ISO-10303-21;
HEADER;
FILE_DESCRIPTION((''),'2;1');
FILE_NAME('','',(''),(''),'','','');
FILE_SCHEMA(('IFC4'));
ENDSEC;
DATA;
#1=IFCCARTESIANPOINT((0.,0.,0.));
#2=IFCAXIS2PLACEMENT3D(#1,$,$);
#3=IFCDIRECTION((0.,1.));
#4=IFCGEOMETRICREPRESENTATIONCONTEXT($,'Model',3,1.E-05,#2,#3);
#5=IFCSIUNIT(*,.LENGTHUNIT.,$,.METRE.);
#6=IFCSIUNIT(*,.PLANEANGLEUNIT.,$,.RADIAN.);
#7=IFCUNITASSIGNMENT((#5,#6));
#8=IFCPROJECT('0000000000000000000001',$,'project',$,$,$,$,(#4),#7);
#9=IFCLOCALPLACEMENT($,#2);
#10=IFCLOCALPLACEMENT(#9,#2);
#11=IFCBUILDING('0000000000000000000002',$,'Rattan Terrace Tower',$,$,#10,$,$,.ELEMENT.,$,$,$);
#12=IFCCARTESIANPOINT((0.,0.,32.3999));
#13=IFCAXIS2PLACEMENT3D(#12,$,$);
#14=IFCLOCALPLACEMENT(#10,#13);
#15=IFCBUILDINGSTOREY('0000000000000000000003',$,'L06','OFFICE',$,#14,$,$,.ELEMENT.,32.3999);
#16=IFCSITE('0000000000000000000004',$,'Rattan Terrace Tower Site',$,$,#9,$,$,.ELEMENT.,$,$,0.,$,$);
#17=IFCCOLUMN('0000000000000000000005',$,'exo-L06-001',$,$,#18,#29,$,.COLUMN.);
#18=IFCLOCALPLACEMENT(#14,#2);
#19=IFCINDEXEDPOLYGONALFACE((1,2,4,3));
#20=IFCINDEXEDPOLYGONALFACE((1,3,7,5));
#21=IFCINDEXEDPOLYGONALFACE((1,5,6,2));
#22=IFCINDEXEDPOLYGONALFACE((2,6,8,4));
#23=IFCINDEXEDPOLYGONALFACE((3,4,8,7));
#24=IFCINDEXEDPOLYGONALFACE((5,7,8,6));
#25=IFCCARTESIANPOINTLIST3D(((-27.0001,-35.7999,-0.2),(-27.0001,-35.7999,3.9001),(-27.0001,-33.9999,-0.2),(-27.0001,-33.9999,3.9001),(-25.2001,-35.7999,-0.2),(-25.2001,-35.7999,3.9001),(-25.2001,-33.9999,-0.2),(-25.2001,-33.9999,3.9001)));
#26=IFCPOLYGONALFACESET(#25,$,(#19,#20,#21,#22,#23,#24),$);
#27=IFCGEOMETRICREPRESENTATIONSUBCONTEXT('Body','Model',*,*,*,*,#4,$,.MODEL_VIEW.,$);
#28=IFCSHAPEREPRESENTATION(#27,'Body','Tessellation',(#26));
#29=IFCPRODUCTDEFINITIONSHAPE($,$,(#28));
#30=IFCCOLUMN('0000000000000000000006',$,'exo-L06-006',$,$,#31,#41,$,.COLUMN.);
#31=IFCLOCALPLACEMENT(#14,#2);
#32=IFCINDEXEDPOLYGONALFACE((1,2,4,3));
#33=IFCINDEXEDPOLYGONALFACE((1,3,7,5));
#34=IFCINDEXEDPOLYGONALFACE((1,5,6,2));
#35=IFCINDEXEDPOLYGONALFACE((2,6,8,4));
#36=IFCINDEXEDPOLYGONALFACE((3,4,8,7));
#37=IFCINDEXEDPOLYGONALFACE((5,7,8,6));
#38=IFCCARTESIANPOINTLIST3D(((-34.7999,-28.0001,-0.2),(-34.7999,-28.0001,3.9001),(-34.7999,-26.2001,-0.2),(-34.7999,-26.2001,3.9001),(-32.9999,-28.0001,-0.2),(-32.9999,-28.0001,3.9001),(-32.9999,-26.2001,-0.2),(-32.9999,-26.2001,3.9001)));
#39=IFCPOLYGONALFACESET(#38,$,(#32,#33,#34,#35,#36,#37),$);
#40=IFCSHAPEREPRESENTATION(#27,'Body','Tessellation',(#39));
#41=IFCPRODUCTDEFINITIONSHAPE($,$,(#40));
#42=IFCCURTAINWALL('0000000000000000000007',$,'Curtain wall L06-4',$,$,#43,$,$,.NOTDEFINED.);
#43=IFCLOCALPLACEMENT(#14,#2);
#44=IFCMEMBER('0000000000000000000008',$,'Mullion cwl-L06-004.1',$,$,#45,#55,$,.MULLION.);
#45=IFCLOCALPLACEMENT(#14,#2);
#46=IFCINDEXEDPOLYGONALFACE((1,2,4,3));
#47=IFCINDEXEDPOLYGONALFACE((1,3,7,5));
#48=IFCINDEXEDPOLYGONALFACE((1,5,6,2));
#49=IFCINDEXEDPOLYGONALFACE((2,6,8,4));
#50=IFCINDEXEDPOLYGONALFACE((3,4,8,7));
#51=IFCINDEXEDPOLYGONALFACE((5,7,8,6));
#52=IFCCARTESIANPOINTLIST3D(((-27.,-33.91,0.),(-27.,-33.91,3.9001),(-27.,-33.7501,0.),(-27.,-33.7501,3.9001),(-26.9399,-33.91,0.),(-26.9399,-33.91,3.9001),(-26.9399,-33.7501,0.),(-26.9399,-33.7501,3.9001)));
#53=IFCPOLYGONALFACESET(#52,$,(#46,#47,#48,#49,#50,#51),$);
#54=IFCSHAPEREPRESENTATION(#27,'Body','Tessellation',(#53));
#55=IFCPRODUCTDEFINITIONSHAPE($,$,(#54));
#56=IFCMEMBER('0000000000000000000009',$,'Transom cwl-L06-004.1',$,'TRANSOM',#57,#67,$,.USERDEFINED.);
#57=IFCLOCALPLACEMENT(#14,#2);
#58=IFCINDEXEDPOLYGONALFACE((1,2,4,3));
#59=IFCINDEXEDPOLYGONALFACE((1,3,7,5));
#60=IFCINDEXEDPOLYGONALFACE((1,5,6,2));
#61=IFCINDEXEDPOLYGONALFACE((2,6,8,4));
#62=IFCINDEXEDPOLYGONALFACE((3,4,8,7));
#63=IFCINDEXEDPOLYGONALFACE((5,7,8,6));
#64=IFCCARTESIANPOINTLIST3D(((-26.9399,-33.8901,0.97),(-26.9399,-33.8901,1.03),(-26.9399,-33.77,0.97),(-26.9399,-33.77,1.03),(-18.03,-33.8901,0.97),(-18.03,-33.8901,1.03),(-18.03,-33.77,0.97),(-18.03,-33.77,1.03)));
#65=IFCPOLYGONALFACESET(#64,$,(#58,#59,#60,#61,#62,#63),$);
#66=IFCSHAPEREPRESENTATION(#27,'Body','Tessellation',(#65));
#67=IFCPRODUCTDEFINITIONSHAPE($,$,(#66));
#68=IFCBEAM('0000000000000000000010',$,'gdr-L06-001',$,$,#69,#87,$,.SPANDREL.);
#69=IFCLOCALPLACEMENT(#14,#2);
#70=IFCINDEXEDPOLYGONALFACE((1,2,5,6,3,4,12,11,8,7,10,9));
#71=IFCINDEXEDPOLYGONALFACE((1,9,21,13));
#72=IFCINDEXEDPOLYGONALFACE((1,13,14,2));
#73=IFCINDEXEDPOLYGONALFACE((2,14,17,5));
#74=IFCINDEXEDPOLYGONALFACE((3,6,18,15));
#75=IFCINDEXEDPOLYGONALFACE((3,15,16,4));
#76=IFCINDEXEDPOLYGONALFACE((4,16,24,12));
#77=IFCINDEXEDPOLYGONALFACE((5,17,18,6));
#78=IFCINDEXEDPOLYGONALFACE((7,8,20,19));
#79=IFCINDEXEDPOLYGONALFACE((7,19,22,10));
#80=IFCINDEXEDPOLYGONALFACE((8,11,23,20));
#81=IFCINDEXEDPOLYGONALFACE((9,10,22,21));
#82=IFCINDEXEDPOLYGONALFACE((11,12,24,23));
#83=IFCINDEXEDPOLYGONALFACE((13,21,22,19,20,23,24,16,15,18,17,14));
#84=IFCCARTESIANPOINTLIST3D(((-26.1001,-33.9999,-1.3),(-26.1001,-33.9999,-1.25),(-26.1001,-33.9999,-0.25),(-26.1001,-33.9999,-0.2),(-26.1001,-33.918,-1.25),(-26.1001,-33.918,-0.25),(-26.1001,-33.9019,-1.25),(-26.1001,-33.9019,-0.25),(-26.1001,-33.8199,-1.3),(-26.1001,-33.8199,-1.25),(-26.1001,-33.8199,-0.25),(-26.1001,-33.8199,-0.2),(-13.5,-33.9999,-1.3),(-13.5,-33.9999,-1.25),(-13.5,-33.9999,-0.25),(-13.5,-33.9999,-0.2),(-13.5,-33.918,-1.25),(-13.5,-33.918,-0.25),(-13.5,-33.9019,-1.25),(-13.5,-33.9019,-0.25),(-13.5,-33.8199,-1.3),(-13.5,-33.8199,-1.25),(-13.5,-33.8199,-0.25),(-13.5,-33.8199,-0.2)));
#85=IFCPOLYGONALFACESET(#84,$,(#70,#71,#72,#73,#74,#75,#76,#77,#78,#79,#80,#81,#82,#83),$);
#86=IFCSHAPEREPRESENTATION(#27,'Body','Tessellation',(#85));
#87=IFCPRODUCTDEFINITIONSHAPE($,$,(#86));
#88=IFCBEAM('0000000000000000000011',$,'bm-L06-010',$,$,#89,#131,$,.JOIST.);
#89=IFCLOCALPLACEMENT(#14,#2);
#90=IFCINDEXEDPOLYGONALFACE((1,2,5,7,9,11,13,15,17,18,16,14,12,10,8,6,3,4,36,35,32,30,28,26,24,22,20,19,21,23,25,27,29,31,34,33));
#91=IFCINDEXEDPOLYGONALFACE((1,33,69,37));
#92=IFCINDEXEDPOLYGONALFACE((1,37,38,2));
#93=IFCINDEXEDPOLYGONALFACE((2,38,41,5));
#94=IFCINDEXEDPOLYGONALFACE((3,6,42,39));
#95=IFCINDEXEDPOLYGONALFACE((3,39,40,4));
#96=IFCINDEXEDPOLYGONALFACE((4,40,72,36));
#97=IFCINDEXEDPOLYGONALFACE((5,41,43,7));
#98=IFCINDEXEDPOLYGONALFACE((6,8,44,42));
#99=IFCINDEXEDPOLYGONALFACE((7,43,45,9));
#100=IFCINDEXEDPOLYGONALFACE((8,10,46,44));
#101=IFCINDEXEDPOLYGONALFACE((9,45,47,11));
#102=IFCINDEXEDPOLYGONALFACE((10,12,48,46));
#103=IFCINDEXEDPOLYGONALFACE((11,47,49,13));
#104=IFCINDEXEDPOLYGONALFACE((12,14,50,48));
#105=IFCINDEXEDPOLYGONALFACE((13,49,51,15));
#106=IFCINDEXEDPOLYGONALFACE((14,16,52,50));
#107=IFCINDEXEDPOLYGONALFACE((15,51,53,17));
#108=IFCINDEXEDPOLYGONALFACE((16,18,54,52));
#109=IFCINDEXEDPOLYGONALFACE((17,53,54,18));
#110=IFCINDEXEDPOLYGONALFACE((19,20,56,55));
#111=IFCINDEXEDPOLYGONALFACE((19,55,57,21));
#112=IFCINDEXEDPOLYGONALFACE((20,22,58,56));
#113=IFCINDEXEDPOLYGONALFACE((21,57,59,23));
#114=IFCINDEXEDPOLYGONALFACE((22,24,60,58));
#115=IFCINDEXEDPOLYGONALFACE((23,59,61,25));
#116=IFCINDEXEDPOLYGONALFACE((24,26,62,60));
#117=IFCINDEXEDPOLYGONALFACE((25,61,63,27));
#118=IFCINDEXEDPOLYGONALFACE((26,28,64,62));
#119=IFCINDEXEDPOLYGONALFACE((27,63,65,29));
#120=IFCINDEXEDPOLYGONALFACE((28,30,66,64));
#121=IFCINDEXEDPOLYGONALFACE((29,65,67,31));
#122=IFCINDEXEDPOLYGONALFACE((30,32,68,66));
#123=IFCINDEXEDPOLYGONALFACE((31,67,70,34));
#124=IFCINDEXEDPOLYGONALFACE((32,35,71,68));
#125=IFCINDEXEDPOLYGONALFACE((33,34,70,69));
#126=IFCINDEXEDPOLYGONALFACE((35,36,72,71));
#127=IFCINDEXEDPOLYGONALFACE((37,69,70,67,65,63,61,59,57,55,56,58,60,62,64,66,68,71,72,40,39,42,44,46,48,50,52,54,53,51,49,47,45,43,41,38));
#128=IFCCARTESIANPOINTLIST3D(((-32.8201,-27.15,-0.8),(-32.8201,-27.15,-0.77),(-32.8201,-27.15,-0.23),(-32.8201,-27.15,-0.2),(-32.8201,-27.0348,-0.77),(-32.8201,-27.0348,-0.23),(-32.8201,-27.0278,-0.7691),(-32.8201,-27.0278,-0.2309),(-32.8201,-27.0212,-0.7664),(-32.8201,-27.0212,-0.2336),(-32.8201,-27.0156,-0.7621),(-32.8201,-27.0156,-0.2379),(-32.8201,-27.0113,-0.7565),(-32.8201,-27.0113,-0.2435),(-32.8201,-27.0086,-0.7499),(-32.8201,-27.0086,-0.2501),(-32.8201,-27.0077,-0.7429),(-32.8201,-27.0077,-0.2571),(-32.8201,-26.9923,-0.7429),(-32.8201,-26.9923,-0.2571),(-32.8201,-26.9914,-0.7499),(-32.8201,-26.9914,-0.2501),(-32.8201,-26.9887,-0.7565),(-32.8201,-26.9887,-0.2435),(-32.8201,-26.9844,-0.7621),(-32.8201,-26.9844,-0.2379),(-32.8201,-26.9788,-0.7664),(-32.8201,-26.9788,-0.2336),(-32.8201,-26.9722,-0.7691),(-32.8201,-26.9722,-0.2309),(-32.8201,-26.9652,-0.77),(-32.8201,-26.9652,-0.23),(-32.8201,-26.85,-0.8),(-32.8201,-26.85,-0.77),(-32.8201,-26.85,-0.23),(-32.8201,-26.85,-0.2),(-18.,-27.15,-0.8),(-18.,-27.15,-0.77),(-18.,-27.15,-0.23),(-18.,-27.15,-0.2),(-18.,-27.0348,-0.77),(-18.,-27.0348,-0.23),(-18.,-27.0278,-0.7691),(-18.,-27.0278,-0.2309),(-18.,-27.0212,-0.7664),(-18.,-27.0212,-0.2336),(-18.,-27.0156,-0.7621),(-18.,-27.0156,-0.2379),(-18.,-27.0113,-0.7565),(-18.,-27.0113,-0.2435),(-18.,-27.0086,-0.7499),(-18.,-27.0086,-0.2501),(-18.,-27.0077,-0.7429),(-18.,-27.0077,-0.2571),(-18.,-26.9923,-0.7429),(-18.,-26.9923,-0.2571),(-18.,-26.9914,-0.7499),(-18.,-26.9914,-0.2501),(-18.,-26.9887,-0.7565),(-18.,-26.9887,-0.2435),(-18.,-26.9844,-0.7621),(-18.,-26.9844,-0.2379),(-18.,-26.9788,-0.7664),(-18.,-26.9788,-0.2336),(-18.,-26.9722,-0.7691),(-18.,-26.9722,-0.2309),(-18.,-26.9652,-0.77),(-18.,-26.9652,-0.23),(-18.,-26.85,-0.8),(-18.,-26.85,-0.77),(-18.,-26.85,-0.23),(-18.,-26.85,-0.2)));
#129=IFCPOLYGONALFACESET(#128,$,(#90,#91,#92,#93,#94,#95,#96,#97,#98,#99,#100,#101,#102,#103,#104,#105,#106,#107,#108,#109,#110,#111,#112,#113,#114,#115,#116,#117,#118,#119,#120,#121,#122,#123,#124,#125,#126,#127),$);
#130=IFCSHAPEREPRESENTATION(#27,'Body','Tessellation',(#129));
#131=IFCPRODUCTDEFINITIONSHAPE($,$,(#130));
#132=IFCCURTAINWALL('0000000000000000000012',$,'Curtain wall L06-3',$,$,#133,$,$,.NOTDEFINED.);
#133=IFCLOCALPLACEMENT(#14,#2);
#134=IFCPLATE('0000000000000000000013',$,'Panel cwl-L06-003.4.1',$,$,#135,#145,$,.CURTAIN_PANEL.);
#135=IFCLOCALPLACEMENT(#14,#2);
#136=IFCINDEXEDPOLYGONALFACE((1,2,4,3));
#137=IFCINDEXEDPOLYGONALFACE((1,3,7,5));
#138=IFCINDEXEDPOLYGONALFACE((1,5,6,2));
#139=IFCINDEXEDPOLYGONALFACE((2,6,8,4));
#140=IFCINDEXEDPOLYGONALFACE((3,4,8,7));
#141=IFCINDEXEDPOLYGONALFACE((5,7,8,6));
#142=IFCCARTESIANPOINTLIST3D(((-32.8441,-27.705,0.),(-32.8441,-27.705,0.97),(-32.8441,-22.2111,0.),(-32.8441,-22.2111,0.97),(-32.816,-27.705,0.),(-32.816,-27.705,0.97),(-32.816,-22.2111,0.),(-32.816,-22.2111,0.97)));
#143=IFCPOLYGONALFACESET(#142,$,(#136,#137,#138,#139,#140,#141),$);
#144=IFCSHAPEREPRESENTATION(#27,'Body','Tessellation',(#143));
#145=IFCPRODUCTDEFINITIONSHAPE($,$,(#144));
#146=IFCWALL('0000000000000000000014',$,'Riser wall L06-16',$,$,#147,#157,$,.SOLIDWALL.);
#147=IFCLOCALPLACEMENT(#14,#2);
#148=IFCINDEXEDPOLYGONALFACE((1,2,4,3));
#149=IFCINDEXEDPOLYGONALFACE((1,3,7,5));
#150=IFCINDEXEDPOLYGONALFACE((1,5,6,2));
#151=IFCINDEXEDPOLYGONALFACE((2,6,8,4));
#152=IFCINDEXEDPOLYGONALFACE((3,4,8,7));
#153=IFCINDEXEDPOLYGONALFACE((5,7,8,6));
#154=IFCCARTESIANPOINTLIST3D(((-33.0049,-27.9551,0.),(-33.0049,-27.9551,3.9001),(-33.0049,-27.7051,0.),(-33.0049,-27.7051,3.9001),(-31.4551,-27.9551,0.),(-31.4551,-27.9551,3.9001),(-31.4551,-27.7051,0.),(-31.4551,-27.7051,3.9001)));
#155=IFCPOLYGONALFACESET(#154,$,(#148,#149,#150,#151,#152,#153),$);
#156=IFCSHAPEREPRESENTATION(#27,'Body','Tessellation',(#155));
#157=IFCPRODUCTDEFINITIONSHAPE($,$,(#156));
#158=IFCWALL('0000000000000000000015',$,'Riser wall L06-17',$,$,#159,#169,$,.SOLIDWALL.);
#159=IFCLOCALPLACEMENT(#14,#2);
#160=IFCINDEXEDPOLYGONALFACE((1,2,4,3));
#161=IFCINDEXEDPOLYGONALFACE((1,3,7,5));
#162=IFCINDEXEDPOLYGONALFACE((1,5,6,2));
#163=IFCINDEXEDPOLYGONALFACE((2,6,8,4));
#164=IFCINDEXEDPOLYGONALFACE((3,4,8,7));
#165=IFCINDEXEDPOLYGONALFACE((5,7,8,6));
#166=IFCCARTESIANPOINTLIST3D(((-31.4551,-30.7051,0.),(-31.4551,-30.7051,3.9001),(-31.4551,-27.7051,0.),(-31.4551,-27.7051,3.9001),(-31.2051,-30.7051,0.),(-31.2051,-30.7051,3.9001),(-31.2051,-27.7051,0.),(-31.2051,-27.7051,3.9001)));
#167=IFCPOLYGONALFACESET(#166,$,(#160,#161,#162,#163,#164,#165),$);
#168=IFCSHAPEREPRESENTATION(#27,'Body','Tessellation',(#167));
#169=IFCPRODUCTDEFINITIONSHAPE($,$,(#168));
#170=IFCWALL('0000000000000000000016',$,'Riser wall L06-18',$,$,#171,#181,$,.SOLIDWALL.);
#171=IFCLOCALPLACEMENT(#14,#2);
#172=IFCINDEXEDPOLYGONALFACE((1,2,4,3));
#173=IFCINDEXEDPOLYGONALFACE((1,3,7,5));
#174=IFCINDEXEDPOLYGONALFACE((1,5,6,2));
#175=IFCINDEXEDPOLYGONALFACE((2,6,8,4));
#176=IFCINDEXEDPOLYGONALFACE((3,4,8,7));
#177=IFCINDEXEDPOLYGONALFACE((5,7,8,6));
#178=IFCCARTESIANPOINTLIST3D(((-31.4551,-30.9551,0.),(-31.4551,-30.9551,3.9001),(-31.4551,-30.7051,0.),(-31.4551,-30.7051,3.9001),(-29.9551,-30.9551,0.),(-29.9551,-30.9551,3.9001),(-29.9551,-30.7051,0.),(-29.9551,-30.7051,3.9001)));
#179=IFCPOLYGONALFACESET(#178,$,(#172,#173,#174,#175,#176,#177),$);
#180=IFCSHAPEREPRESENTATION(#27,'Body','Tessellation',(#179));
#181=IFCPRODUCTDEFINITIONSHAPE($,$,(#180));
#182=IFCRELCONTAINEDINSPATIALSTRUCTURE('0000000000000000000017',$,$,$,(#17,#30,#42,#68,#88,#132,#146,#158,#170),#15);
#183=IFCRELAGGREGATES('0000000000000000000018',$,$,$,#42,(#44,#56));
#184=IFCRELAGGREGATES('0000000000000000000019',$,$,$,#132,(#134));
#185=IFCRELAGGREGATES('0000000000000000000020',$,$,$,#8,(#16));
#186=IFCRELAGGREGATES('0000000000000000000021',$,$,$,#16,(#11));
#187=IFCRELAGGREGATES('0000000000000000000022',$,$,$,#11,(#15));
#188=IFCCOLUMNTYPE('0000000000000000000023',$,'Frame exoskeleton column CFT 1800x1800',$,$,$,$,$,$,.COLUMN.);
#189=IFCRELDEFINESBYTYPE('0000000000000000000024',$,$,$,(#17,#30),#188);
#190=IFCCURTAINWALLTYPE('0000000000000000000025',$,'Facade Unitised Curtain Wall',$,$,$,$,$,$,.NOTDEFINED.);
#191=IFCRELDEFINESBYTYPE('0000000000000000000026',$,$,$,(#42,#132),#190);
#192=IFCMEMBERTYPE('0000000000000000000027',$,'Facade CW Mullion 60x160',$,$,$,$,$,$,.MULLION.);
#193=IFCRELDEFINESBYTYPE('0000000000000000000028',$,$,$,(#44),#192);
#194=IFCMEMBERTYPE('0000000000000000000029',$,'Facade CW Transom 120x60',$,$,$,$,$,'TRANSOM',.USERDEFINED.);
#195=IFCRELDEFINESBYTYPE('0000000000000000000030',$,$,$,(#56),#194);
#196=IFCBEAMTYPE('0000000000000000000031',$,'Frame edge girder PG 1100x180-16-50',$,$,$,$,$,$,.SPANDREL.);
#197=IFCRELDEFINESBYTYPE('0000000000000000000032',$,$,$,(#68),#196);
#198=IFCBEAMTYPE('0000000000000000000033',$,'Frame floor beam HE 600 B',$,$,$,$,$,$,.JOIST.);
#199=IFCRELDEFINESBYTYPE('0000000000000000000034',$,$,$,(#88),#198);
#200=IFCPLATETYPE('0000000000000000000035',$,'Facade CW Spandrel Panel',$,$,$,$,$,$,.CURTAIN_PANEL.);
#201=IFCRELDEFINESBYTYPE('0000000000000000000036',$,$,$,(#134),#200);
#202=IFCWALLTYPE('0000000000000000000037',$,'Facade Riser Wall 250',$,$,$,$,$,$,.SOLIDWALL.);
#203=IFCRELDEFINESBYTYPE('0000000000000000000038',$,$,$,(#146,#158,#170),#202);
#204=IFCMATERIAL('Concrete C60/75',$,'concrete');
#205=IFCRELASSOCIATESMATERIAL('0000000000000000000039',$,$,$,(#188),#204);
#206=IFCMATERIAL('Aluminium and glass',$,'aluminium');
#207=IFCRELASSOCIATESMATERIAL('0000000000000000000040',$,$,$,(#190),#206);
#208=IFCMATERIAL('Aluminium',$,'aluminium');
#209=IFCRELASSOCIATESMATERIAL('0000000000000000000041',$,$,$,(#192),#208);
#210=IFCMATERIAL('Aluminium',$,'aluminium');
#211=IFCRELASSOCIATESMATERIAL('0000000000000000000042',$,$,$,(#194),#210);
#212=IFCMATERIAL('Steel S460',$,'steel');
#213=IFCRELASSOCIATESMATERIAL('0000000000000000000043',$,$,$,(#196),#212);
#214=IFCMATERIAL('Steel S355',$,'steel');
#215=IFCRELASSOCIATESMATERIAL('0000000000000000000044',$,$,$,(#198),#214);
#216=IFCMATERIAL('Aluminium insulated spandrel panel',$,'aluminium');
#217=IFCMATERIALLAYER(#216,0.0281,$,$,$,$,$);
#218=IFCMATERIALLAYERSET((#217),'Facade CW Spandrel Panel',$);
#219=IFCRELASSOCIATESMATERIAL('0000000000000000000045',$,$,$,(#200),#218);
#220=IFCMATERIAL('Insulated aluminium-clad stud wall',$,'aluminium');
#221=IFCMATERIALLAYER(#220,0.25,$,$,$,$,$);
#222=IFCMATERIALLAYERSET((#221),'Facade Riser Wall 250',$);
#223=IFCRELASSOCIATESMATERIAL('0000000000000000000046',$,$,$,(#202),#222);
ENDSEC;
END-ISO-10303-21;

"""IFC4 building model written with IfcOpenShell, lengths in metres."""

from ifc_helpers import new_model, si_unit, direction, frame, frame_2d, origin, origin_2d, place, context, subcontext, project, spatial, rectangle, i_section, extrude, material, layer, layer_set, material_profile, profile_set, type_object, element, aggregate, save


model = new_model("IFC4")

# Units and contexts
model_context = context("Model", 3, precision=1e-05, world=origin(), true_north=direction((0.0, 1.0)))
body_context = subcontext(model_context, "Body", "Model", "MODEL_VIEW")
ifc_project = project(units=[si_unit("LENGTHUNIT", "METRE"), si_unit("PLANEANGLEUNIT", "RADIAN")], contexts=[model_context])

# Site, building, storey
site_placement = place(None, origin())
site = spatial("IfcSite", under=ifc_project, at=site_placement, Name="Rattan Terrace Tower Site", CompositionType="ELEMENT", RefElevation=0.0)
building_placement = place(site_placement, origin())
building = spatial("IfcBuilding", under=site, at=building_placement, Name="Rattan Terrace Tower", CompositionType="ELEMENT")
storey_placement = place(building_placement, frame((0.0, 0.0, 32.3999)))
storey = spatial("IfcBuildingStorey", under=building, at=storey_placement, Name="L06", Description="OFFICE", CompositionType="ELEMENT", Elevation=32.3999)

# Columns
ifc_material_1 = material(Name="Concrete C60/75", Category="concrete")
ifc_material_profile_1 = material_profile(ifc_material_1, rectangle(XDim=1.8, YDim=1.8, at=origin_2d()), Name="CFT 1800x1800")
ifc_profile_set_1 = profile_set([ifc_material_profile_1], Name="Concrete C60/75")
column_type = type_object("IfcColumnType", Name="Frame exoskeleton column CFT 1800x1800", PredefinedType="COLUMN", material=ifc_profile_set_1)
for number, where, z_axis, x_axis, name in (
    (1, (-26.1001, -34.8999, -0.2), (0.0, 0.0, 1.0), (1.0, 0.0, 0.0), "exo-L06-001"),
    (2, (-33.8999, -27.1001, -0.2), (0.0, 0.0, 1.0), (0.0, 1.0, 0.0), "exo-L06-006"),
):
    element("IfcColumn", number, at=place(storey_placement, frame(where, z_axis=z_axis, x_axis=x_axis)), inside=storey, type_object=column_type, Name=name, PredefinedType="COLUMN", context=body_context, shape_type="SweptSolid", body=[
        extrude(rectangle(XDim=1.8, YDim=1.8, at=origin_2d()), origin(), (0.0, 0.0, 1.0), 4.1001),
    ])

# Curtain wall, members
ifc_material_2 = material(Name="Aluminium and glass", Category="aluminium")
curtain_wall_type = type_object("IfcCurtainWallType", Name="Facade Unitised Curtain Wall", PredefinedType="NOTDEFINED", material=ifc_material_2)
curtain_wall_1_placement = place(storey_placement, origin())
curtain_wall_1 = element("IfcCurtainWall", 3, at=curtain_wall_1_placement, inside=storey, type_object=curtain_wall_type, Name="Curtain wall L06-4", PredefinedType="NOTDEFINED")
ifc_material_3 = material(Name="Aluminium", Category="aluminium")
ifc_material_profile_2 = material_profile(ifc_material_3, rectangle(XDim=0.0601, YDim=0.1599, at=origin_2d()), Name="Aluminium 60x160")
ifc_profile_set_2 = profile_set([ifc_material_profile_2], Name="Aluminium")
member_type_1 = type_object("IfcMemberType", Name="Facade CW Mullion 60x160", PredefinedType="MULLION", material=ifc_profile_set_2)
member_1_placement = place(storey_placement, frame((-26.97, -33.8301, 0.0), z_axis=(0.0, 0.0, 1.0), x_axis=(1.0, 0.0, 0.0)))
member_1 = element("IfcMember", 4, at=member_1_placement, type_object=member_type_1, Name="Mullion cwl-L06-004.1", PredefinedType="MULLION", context=body_context, shape_type="SweptSolid", body=[
    extrude(rectangle(XDim=0.0601, YDim=0.1599, at=origin_2d()), origin(), (0.0, 0.0, 1.0), 3.9001),
])
ifc_material_4 = material(Name="Aluminium", Category="aluminium")
ifc_material_profile_3 = material_profile(ifc_material_4, rectangle(XDim=0.1201, YDim=0.0601, at=origin_2d()), Name="Aluminium 120x60")
ifc_profile_set_3 = profile_set([ifc_material_profile_3], Name="Aluminium")
member_type_2 = type_object("IfcMemberType", Name="Facade CW Transom 120x60", ElementType="TRANSOM", PredefinedType="USERDEFINED", material=ifc_profile_set_3)
member_2_placement = place(storey_placement, frame((-26.9399, -33.8301, 1.0), z_axis=(1.0, 0.0, 0.0), x_axis=(0.0, 1.0, 0.0)))
member_2 = element("IfcMember", 5, at=member_2_placement, type_object=member_type_2, Name="Transom cwl-L06-004.1", ObjectType="TRANSOM", PredefinedType="USERDEFINED", context=body_context, shape_type="SweptSolid", body=[
    extrude(rectangle(XDim=0.1201, YDim=0.0601, at=origin_2d()), origin(), (0.0, 0.0, 1.0), 8.9099),
])
aggregate(curtain_wall_1, [member_1, member_2])

# Beams
ifc_material_5 = material(Name="Steel S460", Category="steel")
ifc_material_profile_4 = material_profile(ifc_material_5, i_section(OverallWidth=0.1799, OverallDepth=1.1001, WebThickness=0.0161, FlangeThickness=0.05, at=origin_2d()), Name="PG 1100x180-16-50")
ifc_profile_set_4 = profile_set([ifc_material_profile_4], Name="Steel S460")
beam_type_1 = type_object("IfcBeamType", Name="Frame edge girder PG 1100x180-16-50", PredefinedType="SPANDREL", material=ifc_profile_set_4)
beam_1_placement = place(storey_placement, frame((-26.1001, -33.9099, -0.75), z_axis=(1.0, 0.0, 0.0), x_axis=(0.0, 1.0, 0.0)))
element("IfcBeam", 6, at=beam_1_placement, inside=storey, type_object=beam_type_1, Name="gdr-L06-001", PredefinedType="SPANDREL", context=body_context, shape_type="SweptSolid", body=[
    extrude(i_section(OverallWidth=0.1799, OverallDepth=1.1001, WebThickness=0.0161, FlangeThickness=0.05, at=origin_2d()), origin(), (0.0, 0.0, 1.0), 12.6001),
])
ifc_material_6 = material(Name="Steel S355", Category="steel")
ifc_material_profile_5 = material_profile(ifc_material_6, i_section(OverallWidth=0.3, OverallDepth=0.6001, WebThickness=0.0154, FlangeThickness=0.03, FilletRadius=0.0271, at=origin_2d()), Name="HE 600 B")
ifc_profile_set_5 = profile_set([ifc_material_profile_5], Name="Steel S355")
beam_type_2 = type_object("IfcBeamType", Name="Frame floor beam HE 600 B", PredefinedType="JOIST", material=ifc_profile_set_5)
beam_2_placement = place(storey_placement, frame((-32.8201, -27.0, -0.5), z_axis=(1.0, 0.0, 0.0), x_axis=(0.0, 1.0, 0.0)))
element("IfcBeam", 7, at=beam_2_placement, inside=storey, type_object=beam_type_2, Name="bm-L06-010", PredefinedType="JOIST", context=body_context, shape_type="SweptSolid", body=[
    extrude(i_section(OverallWidth=0.3, OverallDepth=0.6001, WebThickness=0.0154, FlangeThickness=0.03, FilletRadius=0.0271, at=origin_2d()), origin(), (0.0, 0.0, 1.0), 14.8201),
])

# Curtain wall, plate
curtain_wall_2_placement = place(storey_placement, origin())
curtain_wall_2 = element("IfcCurtainWall", 8, at=curtain_wall_2_placement, inside=storey, type_object=curtain_wall_type, Name="Curtain wall L06-3", PredefinedType="NOTDEFINED")
ifc_material_7 = material(Name="Aluminium insulated spandrel panel", Category="aluminium")
ifc_layer_1 = layer(ifc_material_7, 0.0281)
ifc_layer_set_1 = layer_set([ifc_layer_1], Name="Facade CW Spandrel Panel")
plate_type = type_object("IfcPlateType", Name="Facade CW Spandrel Panel", PredefinedType="CURTAIN_PANEL", material=ifc_layer_set_1)
plate_placement = place(storey_placement, frame((-32.8301, -24.958, 0.0), z_axis=(0.0, 0.0, 1.0), x_axis=(0.0, -1.0, 0.0)))
plate = element("IfcPlate", 9, at=plate_placement, type_object=plate_type, Name="Panel cwl-L06-003.4.1", PredefinedType="CURTAIN_PANEL", context=body_context, shape_type="SweptSolid", body=[
    extrude(rectangle(XDim=5.4939, YDim=0.0281, at=origin_2d()), origin(), (0.0, 0.0, 1.0), 0.97),
])
aggregate(curtain_wall_2, [plate])

# Walls
ifc_material_8 = material(Name="Insulated aluminium-clad stud wall", Category="aluminium")
ifc_layer_2 = layer(ifc_material_8, 0.25)
ifc_layer_set_2 = layer_set([ifc_layer_2], Name="Facade Riser Wall 250")
wall_type_1 = type_object("IfcWallType", Name="Facade Riser Wall 250", PredefinedType="SOLIDWALL", material=ifc_layer_set_2)
wall_1_placement = place(storey_placement, frame((-33.0049, -27.8301, 0.0), z_axis=(0.0, 0.0, 1.0), x_axis=(1.0, 0.0, 0.0)))
element("IfcWall", 10, at=wall_1_placement, inside=storey, type_object=wall_type_1, Name="Riser wall L06-16", PredefinedType="SOLIDWALL", context=body_context, shape_type="SweptSolid", body=[
    extrude(rectangle(XDim=1.5498, YDim=0.25, at=frame_2d((0.7749, 0.0))), origin(), (0.0, 0.0, 1.0), 3.9001),
])
wall_2_placement = place(storey_placement, frame((-31.3301, -27.7051, 0.0), z_axis=(0.0, 0.0, 1.0), x_axis=(0.0, -1.0, 0.0)))
element("IfcWall", 11, at=wall_2_placement, inside=storey, type_object=wall_type_1, Name="Riser wall L06-17", PredefinedType="SOLIDWALL", context=body_context, shape_type="SweptSolid", body=[
    extrude(rectangle(XDim=3.0, YDim=0.25, at=frame_2d((1.5, 0.0))), origin(), (0.0, 0.0, 1.0), 3.9001),
])
wall_3_placement = place(storey_placement, frame((-31.4551, -30.8301, 0.0), z_axis=(0.0, 0.0, 1.0), x_axis=(1.0, 0.0, 0.0)))
element("IfcWall", 12, at=wall_3_placement, inside=storey, type_object=wall_type_1, Name="Riser wall L06-18", PredefinedType="SOLIDWALL", context=body_context, shape_type="SweptSolid", body=[
    extrude(rectangle(XDim=1.5, YDim=0.25, at=frame_2d((0.75, 0.0))), origin(), (0.0, 0.0, 1.0), 3.9001),
])

save(model, "model.ifc")
